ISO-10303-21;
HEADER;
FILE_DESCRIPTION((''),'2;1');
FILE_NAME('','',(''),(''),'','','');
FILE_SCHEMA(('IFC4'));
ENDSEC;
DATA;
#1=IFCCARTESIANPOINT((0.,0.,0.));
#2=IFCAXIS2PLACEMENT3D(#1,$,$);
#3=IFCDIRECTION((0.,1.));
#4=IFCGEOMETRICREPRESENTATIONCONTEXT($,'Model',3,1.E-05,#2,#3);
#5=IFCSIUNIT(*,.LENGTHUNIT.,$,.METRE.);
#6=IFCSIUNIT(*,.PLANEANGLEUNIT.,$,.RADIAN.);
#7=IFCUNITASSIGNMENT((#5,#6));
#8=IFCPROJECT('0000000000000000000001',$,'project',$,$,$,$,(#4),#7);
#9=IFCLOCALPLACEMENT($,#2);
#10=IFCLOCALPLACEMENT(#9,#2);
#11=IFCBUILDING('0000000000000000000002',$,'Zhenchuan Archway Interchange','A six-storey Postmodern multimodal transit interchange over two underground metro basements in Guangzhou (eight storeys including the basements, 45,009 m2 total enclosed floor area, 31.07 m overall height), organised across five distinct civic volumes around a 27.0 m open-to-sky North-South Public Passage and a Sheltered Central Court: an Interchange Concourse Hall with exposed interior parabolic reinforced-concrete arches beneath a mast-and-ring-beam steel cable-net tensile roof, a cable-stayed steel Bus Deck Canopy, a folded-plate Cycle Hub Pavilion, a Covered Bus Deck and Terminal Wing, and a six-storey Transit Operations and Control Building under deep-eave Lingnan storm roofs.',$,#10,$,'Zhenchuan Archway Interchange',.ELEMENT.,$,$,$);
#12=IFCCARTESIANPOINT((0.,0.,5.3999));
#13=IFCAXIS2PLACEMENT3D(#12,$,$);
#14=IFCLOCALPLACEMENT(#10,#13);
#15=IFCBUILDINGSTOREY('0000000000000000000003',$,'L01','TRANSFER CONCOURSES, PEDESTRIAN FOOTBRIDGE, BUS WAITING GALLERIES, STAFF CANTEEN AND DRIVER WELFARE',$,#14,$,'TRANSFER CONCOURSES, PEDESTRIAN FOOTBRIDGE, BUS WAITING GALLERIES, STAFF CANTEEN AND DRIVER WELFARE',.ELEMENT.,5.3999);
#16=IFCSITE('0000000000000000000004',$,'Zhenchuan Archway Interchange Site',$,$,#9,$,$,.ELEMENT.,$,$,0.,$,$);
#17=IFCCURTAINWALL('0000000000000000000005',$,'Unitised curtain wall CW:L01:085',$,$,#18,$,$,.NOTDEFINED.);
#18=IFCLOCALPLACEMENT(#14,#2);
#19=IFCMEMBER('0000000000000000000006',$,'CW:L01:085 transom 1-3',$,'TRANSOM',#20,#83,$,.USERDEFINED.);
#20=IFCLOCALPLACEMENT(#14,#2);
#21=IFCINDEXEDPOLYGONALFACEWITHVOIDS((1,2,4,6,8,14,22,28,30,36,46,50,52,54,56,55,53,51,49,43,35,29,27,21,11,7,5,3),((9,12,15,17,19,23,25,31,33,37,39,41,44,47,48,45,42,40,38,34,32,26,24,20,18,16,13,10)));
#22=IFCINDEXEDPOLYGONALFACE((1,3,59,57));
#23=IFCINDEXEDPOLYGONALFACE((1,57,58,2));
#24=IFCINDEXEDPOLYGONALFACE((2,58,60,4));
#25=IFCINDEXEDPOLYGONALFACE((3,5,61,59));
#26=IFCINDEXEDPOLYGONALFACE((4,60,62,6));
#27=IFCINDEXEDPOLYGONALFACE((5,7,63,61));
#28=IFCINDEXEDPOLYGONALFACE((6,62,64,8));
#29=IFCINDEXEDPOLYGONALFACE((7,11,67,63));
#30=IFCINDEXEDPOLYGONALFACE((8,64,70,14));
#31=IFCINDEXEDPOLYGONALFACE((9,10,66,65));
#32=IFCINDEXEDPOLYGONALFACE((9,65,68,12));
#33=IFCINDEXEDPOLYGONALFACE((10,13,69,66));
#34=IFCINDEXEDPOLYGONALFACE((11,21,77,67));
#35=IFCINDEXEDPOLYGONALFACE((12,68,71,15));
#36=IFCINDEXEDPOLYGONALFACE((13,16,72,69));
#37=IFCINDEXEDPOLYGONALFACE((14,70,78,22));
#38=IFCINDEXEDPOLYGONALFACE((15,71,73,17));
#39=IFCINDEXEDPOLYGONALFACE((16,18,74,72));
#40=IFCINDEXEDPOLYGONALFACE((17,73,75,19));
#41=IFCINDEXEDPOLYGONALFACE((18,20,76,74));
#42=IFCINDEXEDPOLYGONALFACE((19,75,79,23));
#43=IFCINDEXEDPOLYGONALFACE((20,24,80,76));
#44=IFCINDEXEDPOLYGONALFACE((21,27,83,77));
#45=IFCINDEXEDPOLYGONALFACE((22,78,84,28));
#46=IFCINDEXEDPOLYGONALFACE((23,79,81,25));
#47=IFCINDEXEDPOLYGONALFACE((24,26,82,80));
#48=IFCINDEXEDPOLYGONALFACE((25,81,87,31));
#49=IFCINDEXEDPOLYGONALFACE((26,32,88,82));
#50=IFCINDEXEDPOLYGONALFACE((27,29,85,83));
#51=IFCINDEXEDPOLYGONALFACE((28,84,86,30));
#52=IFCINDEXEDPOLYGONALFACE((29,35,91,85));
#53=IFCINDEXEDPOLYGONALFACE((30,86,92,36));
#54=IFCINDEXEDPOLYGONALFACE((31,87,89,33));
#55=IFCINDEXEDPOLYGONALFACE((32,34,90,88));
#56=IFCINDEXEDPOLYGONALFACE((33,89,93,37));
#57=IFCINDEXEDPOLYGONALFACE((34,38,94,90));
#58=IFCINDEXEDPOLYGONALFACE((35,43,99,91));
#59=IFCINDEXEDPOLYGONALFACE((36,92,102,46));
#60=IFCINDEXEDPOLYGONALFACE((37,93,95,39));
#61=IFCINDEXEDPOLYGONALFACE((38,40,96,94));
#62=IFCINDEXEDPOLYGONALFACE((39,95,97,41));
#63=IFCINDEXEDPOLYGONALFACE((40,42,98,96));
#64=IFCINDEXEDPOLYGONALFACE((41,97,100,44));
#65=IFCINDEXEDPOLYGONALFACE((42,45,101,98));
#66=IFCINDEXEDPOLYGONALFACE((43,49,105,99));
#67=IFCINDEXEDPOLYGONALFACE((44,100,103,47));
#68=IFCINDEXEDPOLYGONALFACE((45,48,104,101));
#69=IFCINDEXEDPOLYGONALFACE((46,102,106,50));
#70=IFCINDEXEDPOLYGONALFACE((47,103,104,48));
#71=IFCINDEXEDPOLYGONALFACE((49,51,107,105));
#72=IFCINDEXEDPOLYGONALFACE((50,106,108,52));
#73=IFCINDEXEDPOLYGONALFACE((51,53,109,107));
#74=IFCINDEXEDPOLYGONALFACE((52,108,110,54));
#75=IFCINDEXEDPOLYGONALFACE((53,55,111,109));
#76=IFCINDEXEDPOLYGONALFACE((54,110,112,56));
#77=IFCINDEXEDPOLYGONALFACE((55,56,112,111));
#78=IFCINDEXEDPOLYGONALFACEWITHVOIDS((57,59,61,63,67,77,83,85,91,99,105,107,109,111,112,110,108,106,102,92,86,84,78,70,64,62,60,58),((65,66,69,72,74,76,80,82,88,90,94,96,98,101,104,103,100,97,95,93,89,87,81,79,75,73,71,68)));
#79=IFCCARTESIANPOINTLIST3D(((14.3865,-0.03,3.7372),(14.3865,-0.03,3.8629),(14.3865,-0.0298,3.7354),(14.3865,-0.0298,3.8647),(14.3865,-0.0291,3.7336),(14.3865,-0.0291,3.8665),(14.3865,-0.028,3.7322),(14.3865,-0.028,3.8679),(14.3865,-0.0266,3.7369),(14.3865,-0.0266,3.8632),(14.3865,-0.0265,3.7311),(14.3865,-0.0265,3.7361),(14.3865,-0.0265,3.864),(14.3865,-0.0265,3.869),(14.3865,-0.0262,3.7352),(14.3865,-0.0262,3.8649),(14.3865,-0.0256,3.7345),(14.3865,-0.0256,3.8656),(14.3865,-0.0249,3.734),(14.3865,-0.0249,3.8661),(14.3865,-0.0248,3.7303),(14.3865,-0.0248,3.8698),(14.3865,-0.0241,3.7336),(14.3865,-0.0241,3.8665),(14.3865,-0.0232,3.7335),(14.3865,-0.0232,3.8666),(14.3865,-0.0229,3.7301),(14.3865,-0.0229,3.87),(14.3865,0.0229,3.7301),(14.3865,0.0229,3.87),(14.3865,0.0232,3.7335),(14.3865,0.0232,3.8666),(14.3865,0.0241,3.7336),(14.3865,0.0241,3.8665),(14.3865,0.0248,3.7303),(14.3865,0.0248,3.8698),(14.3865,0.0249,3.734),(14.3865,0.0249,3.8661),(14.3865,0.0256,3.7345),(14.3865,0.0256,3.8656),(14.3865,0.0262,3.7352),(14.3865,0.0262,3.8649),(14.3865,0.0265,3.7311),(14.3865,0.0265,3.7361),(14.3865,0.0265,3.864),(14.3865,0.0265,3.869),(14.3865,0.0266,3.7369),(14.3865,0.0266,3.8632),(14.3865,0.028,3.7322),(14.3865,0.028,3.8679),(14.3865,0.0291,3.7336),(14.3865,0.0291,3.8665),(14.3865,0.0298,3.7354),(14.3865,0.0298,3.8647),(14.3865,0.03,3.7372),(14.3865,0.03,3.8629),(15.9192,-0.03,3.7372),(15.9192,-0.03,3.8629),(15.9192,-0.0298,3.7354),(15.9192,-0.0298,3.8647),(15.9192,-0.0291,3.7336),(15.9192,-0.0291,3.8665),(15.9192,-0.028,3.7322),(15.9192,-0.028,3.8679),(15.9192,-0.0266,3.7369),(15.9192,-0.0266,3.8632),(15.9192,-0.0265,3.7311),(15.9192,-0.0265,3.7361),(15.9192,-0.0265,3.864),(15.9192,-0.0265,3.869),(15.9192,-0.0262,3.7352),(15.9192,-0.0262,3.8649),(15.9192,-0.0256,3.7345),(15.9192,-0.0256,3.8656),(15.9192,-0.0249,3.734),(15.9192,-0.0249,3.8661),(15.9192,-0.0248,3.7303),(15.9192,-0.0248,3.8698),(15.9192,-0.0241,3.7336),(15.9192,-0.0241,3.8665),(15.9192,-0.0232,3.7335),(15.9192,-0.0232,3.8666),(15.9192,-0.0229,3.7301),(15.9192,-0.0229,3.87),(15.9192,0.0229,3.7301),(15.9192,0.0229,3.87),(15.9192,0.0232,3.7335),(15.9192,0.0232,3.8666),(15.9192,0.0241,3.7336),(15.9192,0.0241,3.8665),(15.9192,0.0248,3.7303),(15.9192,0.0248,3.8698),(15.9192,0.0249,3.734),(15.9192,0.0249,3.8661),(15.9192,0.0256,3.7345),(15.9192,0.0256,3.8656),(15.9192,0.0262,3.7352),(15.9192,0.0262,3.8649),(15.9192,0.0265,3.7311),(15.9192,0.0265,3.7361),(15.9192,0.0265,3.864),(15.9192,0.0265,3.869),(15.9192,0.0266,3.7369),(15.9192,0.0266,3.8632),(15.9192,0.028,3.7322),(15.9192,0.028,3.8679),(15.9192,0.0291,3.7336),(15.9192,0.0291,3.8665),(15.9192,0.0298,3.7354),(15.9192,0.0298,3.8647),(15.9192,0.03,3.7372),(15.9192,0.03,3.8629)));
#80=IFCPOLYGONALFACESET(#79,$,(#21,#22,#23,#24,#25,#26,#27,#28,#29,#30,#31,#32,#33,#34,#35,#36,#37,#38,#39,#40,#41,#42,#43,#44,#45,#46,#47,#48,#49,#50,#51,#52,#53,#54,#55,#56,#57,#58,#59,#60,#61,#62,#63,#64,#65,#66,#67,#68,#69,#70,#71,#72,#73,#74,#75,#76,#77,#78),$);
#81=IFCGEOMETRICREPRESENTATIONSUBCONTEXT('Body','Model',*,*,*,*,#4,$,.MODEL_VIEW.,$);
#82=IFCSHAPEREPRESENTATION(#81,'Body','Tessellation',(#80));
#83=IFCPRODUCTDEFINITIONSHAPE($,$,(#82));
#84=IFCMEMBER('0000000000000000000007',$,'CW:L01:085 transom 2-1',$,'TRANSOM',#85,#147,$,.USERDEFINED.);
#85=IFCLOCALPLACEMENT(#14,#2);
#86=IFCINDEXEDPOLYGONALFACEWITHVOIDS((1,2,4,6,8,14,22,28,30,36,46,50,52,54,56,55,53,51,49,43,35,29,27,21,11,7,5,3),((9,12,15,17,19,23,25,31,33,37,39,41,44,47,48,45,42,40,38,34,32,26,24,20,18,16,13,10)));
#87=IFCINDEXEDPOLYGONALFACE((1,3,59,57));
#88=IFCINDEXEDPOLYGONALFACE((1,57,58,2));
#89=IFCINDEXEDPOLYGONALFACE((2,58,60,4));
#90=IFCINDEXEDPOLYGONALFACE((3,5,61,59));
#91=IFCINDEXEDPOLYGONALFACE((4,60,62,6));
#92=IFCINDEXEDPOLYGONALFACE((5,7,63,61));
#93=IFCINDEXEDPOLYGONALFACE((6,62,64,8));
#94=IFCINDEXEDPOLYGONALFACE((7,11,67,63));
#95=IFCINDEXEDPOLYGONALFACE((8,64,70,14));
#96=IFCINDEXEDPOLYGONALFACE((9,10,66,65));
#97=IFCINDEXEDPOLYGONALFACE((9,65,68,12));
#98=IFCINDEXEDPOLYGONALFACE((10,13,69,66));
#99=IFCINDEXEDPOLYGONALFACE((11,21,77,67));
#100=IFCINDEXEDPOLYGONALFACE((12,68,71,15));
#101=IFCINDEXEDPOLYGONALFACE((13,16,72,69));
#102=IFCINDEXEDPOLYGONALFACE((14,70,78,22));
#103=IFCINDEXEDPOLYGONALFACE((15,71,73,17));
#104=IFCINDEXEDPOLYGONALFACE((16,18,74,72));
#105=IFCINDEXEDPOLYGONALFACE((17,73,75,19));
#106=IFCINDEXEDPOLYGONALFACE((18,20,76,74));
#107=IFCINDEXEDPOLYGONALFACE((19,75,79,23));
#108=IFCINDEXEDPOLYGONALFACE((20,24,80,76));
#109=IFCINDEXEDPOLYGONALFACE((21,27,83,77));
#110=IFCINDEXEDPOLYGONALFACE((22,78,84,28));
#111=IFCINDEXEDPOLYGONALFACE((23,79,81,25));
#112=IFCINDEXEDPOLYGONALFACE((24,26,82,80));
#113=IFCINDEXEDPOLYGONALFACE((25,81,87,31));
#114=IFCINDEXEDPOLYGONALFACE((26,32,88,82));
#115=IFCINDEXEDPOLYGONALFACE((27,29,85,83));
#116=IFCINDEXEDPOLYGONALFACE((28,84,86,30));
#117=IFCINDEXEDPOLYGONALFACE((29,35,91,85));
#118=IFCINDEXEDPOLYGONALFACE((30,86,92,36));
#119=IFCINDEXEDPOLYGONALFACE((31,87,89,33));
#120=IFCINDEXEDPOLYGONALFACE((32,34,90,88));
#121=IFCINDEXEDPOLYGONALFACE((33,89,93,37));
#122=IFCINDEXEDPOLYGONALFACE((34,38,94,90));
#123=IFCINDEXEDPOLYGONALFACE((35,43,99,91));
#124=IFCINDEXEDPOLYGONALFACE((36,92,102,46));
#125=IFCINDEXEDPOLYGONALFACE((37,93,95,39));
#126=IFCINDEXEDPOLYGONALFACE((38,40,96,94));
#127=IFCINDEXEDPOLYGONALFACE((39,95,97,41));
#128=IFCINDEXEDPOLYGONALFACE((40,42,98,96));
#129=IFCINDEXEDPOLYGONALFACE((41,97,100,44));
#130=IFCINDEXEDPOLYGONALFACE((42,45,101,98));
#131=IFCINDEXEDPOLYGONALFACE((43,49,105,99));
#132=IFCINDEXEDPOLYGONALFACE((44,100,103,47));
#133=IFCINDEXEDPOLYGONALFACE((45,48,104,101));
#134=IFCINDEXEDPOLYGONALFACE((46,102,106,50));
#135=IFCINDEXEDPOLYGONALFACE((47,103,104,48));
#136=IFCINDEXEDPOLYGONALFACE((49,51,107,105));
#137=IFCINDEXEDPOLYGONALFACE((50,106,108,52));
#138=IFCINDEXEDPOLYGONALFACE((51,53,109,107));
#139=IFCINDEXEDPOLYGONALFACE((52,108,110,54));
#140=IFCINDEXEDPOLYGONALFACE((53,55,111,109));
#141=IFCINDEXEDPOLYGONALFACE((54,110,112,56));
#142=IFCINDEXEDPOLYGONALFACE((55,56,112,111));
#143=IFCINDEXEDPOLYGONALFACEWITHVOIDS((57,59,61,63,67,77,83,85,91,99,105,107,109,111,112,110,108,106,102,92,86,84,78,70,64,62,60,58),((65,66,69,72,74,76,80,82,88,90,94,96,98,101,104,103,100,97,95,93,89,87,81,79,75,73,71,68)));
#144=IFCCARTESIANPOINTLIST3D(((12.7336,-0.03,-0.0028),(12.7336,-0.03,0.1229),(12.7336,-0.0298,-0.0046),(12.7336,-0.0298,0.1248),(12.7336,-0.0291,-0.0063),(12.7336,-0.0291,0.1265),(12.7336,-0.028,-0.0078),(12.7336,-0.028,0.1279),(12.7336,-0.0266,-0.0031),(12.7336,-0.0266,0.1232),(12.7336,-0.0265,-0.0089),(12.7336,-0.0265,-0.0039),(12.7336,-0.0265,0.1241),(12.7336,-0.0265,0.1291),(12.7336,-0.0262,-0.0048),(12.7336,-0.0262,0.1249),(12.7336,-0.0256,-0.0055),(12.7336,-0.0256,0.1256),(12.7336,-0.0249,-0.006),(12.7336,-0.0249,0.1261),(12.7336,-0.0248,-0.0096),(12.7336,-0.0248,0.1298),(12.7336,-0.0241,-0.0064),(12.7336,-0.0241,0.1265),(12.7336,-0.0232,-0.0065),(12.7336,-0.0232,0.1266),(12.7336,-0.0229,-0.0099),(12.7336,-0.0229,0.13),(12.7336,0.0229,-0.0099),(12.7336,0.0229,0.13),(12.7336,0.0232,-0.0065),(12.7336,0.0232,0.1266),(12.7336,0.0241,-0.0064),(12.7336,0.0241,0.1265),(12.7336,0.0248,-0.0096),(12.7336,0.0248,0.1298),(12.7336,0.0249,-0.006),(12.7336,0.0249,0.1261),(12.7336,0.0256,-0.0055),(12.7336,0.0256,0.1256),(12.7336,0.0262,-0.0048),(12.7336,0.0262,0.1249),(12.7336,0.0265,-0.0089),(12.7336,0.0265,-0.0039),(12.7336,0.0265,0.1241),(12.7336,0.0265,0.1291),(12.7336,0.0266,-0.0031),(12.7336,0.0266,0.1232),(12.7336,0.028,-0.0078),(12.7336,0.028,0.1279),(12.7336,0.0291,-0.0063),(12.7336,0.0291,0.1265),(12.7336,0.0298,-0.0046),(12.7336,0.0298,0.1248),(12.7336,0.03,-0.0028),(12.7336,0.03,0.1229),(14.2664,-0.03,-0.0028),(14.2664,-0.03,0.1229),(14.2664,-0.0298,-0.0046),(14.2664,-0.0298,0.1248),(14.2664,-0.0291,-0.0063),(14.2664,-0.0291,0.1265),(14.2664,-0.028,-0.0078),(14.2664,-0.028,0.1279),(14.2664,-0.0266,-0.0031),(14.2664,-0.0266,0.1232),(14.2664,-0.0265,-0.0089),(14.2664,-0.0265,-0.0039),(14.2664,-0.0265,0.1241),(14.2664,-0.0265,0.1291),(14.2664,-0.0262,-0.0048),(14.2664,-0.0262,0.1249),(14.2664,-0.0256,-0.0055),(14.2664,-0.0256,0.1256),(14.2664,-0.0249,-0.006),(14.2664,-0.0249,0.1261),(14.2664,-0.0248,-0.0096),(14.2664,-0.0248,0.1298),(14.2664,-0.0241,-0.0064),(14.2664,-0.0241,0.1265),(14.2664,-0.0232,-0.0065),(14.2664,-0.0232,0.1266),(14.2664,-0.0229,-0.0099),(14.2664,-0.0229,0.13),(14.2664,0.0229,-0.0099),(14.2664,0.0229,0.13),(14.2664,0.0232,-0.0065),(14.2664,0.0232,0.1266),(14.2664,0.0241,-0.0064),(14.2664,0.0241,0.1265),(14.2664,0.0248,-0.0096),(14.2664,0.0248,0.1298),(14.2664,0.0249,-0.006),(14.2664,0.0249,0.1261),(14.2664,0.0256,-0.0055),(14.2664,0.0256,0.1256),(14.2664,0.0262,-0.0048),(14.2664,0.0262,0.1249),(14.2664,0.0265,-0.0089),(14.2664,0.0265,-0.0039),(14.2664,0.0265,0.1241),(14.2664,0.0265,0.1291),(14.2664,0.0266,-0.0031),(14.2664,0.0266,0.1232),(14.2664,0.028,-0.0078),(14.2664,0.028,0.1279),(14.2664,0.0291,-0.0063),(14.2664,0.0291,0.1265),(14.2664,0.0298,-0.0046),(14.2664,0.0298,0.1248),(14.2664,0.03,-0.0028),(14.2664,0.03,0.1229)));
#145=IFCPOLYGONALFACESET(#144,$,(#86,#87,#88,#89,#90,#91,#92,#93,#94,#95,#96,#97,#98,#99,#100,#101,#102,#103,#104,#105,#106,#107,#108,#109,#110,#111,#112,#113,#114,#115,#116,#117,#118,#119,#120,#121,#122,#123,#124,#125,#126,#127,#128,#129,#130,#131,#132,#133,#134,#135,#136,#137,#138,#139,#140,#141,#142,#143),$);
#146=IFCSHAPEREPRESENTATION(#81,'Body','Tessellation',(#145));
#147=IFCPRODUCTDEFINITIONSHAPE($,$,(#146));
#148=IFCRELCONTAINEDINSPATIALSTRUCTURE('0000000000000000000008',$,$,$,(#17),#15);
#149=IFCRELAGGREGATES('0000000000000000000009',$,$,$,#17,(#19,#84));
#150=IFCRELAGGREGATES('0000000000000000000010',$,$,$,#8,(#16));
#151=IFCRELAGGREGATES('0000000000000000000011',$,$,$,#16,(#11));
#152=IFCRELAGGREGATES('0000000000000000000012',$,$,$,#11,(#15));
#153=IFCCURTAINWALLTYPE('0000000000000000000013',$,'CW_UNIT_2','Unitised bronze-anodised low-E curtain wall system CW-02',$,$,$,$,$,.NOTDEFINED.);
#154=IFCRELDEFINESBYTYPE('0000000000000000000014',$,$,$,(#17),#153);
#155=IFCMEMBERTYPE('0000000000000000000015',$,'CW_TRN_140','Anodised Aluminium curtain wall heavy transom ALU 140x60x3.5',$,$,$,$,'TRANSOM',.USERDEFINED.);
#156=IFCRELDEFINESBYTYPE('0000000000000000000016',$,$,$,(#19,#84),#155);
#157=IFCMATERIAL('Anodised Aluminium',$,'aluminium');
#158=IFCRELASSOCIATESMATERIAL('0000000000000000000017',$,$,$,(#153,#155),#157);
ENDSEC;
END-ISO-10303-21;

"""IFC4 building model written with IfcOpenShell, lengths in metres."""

from ifc_helpers import new_model, si_unit, direction, frame, origin, origin_2d, place, context, subcontext, project, spatial, hollow_rectangle, extrude, material, material_profile, profile_set, type_object, element, aggregate, save


model = new_model("IFC4")

# Units and contexts
model_context = context("Model", 3, precision=1e-05, world=origin(), true_north=direction((0.0, 1.0)))
body_context = subcontext(model_context, "Body", "Model", "MODEL_VIEW")
ifc_project = project(units=[si_unit("LENGTHUNIT", "METRE"), si_unit("PLANEANGLEUNIT", "RADIAN")], contexts=[model_context])

# Site, building, storey
site_placement = place(None, origin())
site = spatial("IfcSite", under=ifc_project, at=site_placement, Name="Zhenchuan Archway Interchange Site", CompositionType="ELEMENT", RefElevation=0.0)
building_placement = place(site_placement, origin())
building = spatial("IfcBuilding", under=site, at=building_placement, Name="Zhenchuan Archway Interchange", Description="A six-storey Postmodern multimodal transit interchange over two underground metro basements in Guangzhou (eight storeys including the basements, 45,009 m2 total enclosed floor area, 31.07 m overall height), organised across five distinct civic volumes around a 27.0 m open-to-sky North-South Public Passage and a Sheltered Central Court: an Interchange Concourse Hall with exposed interior parabolic reinforced-concrete arches beneath a mast-and-ring-beam steel cable-net tensile roof, a cable-stayed steel Bus Deck Canopy, a folded-plate Cycle Hub Pavilion, a Covered Bus Deck and Terminal Wing, and a six-storey Transit Operations and Control Building under deep-eave Lingnan storm roofs.", LongName="Zhenchuan Archway Interchange", CompositionType="ELEMENT")
storey_placement = place(building_placement, frame((0.0, 0.0, 5.3999)))
storey = spatial("IfcBuildingStorey", under=building, at=storey_placement, Name="L01", Description="TRANSFER CONCOURSES, PEDESTRIAN FOOTBRIDGE, BUS WAITING GALLERIES, STAFF CANTEEN AND DRIVER WELFARE", LongName="TRANSFER CONCOURSES, PEDESTRIAN FOOTBRIDGE, BUS WAITING GALLERIES, STAFF CANTEEN AND DRIVER WELFARE", CompositionType="ELEMENT", Elevation=5.3999)

# Curtain wall, members
ifc_material_1 = material(Name="Anodised Aluminium", Category="aluminium")
curtain_wall_type = type_object("IfcCurtainWallType", Name="CW_UNIT_2", Description="Unitised bronze-anodised low-E curtain wall system CW-02", PredefinedType="NOTDEFINED", material=ifc_material_1)
curtain_wall_placement = place(storey_placement, origin())
curtain_wall = element("IfcCurtainWall", 1, at=curtain_wall_placement, inside=storey, type_object=curtain_wall_type, Name="Unitised curtain wall CW:L01:085", PredefinedType="NOTDEFINED")
ifc_material_profile_1 = material_profile(ifc_material_1, hollow_rectangle(XDim=0.0601, YDim=0.1399, WallThickness=0.0034, InnerFilletRadius=0.0034, OuterFilletRadius=0.0071, at=origin_2d()), Name="ALU 140x60x3.5")
ifc_profile_set_1 = profile_set([ifc_material_profile_1], Name="Anodised Aluminium")
member_type_1 = type_object("IfcMemberType", Name="CW_TRN_140", Description="Anodised Aluminium curtain wall heavy transom ALU 140x60x3.5", ElementType="TRANSOM", PredefinedType="USERDEFINED", material=ifc_profile_set_1)
member_1_placement = place(storey_placement, frame((15.9192, 0.0, 3.8), z_axis=(-1.0, 0.0, 0.0), x_axis=(0.0, -1.0, 0.0)))
member_1 = element("IfcMember", 2, at=member_1_placement, type_object=member_type_1, Name="CW:L01:085 transom 1-3", ObjectType="TRANSOM", PredefinedType="USERDEFINED", context=body_context, shape_type="SweptSolid", body=[
    extrude(hollow_rectangle(XDim=0.0601, YDim=0.1399, WallThickness=0.0034, InnerFilletRadius=0.0034, OuterFilletRadius=0.0071, at=origin_2d()), origin(), (0.0, 0.0, 1.0), 1.5327),
])
member_2_placement = place(storey_placement, frame((14.2664, 0.0, 0.0601), z_axis=(-1.0, 0.0, 0.0), x_axis=(0.0, -1.0, 0.0)))
member_2 = element("IfcMember", 3, at=member_2_placement, type_object=member_type_1, Name="CW:L01:085 transom 2-1", ObjectType="TRANSOM", PredefinedType="USERDEFINED", context=body_context, shape_type="SweptSolid", body=[
    extrude(hollow_rectangle(XDim=0.0601, YDim=0.1399, WallThickness=0.0034, InnerFilletRadius=0.0034, OuterFilletRadius=0.0071, at=origin_2d()), origin(), (0.0, 0.0, 1.0), 1.5327),
])

aggregate(curtain_wall, [member_1, member_2])

save(model, "model.ifc")
